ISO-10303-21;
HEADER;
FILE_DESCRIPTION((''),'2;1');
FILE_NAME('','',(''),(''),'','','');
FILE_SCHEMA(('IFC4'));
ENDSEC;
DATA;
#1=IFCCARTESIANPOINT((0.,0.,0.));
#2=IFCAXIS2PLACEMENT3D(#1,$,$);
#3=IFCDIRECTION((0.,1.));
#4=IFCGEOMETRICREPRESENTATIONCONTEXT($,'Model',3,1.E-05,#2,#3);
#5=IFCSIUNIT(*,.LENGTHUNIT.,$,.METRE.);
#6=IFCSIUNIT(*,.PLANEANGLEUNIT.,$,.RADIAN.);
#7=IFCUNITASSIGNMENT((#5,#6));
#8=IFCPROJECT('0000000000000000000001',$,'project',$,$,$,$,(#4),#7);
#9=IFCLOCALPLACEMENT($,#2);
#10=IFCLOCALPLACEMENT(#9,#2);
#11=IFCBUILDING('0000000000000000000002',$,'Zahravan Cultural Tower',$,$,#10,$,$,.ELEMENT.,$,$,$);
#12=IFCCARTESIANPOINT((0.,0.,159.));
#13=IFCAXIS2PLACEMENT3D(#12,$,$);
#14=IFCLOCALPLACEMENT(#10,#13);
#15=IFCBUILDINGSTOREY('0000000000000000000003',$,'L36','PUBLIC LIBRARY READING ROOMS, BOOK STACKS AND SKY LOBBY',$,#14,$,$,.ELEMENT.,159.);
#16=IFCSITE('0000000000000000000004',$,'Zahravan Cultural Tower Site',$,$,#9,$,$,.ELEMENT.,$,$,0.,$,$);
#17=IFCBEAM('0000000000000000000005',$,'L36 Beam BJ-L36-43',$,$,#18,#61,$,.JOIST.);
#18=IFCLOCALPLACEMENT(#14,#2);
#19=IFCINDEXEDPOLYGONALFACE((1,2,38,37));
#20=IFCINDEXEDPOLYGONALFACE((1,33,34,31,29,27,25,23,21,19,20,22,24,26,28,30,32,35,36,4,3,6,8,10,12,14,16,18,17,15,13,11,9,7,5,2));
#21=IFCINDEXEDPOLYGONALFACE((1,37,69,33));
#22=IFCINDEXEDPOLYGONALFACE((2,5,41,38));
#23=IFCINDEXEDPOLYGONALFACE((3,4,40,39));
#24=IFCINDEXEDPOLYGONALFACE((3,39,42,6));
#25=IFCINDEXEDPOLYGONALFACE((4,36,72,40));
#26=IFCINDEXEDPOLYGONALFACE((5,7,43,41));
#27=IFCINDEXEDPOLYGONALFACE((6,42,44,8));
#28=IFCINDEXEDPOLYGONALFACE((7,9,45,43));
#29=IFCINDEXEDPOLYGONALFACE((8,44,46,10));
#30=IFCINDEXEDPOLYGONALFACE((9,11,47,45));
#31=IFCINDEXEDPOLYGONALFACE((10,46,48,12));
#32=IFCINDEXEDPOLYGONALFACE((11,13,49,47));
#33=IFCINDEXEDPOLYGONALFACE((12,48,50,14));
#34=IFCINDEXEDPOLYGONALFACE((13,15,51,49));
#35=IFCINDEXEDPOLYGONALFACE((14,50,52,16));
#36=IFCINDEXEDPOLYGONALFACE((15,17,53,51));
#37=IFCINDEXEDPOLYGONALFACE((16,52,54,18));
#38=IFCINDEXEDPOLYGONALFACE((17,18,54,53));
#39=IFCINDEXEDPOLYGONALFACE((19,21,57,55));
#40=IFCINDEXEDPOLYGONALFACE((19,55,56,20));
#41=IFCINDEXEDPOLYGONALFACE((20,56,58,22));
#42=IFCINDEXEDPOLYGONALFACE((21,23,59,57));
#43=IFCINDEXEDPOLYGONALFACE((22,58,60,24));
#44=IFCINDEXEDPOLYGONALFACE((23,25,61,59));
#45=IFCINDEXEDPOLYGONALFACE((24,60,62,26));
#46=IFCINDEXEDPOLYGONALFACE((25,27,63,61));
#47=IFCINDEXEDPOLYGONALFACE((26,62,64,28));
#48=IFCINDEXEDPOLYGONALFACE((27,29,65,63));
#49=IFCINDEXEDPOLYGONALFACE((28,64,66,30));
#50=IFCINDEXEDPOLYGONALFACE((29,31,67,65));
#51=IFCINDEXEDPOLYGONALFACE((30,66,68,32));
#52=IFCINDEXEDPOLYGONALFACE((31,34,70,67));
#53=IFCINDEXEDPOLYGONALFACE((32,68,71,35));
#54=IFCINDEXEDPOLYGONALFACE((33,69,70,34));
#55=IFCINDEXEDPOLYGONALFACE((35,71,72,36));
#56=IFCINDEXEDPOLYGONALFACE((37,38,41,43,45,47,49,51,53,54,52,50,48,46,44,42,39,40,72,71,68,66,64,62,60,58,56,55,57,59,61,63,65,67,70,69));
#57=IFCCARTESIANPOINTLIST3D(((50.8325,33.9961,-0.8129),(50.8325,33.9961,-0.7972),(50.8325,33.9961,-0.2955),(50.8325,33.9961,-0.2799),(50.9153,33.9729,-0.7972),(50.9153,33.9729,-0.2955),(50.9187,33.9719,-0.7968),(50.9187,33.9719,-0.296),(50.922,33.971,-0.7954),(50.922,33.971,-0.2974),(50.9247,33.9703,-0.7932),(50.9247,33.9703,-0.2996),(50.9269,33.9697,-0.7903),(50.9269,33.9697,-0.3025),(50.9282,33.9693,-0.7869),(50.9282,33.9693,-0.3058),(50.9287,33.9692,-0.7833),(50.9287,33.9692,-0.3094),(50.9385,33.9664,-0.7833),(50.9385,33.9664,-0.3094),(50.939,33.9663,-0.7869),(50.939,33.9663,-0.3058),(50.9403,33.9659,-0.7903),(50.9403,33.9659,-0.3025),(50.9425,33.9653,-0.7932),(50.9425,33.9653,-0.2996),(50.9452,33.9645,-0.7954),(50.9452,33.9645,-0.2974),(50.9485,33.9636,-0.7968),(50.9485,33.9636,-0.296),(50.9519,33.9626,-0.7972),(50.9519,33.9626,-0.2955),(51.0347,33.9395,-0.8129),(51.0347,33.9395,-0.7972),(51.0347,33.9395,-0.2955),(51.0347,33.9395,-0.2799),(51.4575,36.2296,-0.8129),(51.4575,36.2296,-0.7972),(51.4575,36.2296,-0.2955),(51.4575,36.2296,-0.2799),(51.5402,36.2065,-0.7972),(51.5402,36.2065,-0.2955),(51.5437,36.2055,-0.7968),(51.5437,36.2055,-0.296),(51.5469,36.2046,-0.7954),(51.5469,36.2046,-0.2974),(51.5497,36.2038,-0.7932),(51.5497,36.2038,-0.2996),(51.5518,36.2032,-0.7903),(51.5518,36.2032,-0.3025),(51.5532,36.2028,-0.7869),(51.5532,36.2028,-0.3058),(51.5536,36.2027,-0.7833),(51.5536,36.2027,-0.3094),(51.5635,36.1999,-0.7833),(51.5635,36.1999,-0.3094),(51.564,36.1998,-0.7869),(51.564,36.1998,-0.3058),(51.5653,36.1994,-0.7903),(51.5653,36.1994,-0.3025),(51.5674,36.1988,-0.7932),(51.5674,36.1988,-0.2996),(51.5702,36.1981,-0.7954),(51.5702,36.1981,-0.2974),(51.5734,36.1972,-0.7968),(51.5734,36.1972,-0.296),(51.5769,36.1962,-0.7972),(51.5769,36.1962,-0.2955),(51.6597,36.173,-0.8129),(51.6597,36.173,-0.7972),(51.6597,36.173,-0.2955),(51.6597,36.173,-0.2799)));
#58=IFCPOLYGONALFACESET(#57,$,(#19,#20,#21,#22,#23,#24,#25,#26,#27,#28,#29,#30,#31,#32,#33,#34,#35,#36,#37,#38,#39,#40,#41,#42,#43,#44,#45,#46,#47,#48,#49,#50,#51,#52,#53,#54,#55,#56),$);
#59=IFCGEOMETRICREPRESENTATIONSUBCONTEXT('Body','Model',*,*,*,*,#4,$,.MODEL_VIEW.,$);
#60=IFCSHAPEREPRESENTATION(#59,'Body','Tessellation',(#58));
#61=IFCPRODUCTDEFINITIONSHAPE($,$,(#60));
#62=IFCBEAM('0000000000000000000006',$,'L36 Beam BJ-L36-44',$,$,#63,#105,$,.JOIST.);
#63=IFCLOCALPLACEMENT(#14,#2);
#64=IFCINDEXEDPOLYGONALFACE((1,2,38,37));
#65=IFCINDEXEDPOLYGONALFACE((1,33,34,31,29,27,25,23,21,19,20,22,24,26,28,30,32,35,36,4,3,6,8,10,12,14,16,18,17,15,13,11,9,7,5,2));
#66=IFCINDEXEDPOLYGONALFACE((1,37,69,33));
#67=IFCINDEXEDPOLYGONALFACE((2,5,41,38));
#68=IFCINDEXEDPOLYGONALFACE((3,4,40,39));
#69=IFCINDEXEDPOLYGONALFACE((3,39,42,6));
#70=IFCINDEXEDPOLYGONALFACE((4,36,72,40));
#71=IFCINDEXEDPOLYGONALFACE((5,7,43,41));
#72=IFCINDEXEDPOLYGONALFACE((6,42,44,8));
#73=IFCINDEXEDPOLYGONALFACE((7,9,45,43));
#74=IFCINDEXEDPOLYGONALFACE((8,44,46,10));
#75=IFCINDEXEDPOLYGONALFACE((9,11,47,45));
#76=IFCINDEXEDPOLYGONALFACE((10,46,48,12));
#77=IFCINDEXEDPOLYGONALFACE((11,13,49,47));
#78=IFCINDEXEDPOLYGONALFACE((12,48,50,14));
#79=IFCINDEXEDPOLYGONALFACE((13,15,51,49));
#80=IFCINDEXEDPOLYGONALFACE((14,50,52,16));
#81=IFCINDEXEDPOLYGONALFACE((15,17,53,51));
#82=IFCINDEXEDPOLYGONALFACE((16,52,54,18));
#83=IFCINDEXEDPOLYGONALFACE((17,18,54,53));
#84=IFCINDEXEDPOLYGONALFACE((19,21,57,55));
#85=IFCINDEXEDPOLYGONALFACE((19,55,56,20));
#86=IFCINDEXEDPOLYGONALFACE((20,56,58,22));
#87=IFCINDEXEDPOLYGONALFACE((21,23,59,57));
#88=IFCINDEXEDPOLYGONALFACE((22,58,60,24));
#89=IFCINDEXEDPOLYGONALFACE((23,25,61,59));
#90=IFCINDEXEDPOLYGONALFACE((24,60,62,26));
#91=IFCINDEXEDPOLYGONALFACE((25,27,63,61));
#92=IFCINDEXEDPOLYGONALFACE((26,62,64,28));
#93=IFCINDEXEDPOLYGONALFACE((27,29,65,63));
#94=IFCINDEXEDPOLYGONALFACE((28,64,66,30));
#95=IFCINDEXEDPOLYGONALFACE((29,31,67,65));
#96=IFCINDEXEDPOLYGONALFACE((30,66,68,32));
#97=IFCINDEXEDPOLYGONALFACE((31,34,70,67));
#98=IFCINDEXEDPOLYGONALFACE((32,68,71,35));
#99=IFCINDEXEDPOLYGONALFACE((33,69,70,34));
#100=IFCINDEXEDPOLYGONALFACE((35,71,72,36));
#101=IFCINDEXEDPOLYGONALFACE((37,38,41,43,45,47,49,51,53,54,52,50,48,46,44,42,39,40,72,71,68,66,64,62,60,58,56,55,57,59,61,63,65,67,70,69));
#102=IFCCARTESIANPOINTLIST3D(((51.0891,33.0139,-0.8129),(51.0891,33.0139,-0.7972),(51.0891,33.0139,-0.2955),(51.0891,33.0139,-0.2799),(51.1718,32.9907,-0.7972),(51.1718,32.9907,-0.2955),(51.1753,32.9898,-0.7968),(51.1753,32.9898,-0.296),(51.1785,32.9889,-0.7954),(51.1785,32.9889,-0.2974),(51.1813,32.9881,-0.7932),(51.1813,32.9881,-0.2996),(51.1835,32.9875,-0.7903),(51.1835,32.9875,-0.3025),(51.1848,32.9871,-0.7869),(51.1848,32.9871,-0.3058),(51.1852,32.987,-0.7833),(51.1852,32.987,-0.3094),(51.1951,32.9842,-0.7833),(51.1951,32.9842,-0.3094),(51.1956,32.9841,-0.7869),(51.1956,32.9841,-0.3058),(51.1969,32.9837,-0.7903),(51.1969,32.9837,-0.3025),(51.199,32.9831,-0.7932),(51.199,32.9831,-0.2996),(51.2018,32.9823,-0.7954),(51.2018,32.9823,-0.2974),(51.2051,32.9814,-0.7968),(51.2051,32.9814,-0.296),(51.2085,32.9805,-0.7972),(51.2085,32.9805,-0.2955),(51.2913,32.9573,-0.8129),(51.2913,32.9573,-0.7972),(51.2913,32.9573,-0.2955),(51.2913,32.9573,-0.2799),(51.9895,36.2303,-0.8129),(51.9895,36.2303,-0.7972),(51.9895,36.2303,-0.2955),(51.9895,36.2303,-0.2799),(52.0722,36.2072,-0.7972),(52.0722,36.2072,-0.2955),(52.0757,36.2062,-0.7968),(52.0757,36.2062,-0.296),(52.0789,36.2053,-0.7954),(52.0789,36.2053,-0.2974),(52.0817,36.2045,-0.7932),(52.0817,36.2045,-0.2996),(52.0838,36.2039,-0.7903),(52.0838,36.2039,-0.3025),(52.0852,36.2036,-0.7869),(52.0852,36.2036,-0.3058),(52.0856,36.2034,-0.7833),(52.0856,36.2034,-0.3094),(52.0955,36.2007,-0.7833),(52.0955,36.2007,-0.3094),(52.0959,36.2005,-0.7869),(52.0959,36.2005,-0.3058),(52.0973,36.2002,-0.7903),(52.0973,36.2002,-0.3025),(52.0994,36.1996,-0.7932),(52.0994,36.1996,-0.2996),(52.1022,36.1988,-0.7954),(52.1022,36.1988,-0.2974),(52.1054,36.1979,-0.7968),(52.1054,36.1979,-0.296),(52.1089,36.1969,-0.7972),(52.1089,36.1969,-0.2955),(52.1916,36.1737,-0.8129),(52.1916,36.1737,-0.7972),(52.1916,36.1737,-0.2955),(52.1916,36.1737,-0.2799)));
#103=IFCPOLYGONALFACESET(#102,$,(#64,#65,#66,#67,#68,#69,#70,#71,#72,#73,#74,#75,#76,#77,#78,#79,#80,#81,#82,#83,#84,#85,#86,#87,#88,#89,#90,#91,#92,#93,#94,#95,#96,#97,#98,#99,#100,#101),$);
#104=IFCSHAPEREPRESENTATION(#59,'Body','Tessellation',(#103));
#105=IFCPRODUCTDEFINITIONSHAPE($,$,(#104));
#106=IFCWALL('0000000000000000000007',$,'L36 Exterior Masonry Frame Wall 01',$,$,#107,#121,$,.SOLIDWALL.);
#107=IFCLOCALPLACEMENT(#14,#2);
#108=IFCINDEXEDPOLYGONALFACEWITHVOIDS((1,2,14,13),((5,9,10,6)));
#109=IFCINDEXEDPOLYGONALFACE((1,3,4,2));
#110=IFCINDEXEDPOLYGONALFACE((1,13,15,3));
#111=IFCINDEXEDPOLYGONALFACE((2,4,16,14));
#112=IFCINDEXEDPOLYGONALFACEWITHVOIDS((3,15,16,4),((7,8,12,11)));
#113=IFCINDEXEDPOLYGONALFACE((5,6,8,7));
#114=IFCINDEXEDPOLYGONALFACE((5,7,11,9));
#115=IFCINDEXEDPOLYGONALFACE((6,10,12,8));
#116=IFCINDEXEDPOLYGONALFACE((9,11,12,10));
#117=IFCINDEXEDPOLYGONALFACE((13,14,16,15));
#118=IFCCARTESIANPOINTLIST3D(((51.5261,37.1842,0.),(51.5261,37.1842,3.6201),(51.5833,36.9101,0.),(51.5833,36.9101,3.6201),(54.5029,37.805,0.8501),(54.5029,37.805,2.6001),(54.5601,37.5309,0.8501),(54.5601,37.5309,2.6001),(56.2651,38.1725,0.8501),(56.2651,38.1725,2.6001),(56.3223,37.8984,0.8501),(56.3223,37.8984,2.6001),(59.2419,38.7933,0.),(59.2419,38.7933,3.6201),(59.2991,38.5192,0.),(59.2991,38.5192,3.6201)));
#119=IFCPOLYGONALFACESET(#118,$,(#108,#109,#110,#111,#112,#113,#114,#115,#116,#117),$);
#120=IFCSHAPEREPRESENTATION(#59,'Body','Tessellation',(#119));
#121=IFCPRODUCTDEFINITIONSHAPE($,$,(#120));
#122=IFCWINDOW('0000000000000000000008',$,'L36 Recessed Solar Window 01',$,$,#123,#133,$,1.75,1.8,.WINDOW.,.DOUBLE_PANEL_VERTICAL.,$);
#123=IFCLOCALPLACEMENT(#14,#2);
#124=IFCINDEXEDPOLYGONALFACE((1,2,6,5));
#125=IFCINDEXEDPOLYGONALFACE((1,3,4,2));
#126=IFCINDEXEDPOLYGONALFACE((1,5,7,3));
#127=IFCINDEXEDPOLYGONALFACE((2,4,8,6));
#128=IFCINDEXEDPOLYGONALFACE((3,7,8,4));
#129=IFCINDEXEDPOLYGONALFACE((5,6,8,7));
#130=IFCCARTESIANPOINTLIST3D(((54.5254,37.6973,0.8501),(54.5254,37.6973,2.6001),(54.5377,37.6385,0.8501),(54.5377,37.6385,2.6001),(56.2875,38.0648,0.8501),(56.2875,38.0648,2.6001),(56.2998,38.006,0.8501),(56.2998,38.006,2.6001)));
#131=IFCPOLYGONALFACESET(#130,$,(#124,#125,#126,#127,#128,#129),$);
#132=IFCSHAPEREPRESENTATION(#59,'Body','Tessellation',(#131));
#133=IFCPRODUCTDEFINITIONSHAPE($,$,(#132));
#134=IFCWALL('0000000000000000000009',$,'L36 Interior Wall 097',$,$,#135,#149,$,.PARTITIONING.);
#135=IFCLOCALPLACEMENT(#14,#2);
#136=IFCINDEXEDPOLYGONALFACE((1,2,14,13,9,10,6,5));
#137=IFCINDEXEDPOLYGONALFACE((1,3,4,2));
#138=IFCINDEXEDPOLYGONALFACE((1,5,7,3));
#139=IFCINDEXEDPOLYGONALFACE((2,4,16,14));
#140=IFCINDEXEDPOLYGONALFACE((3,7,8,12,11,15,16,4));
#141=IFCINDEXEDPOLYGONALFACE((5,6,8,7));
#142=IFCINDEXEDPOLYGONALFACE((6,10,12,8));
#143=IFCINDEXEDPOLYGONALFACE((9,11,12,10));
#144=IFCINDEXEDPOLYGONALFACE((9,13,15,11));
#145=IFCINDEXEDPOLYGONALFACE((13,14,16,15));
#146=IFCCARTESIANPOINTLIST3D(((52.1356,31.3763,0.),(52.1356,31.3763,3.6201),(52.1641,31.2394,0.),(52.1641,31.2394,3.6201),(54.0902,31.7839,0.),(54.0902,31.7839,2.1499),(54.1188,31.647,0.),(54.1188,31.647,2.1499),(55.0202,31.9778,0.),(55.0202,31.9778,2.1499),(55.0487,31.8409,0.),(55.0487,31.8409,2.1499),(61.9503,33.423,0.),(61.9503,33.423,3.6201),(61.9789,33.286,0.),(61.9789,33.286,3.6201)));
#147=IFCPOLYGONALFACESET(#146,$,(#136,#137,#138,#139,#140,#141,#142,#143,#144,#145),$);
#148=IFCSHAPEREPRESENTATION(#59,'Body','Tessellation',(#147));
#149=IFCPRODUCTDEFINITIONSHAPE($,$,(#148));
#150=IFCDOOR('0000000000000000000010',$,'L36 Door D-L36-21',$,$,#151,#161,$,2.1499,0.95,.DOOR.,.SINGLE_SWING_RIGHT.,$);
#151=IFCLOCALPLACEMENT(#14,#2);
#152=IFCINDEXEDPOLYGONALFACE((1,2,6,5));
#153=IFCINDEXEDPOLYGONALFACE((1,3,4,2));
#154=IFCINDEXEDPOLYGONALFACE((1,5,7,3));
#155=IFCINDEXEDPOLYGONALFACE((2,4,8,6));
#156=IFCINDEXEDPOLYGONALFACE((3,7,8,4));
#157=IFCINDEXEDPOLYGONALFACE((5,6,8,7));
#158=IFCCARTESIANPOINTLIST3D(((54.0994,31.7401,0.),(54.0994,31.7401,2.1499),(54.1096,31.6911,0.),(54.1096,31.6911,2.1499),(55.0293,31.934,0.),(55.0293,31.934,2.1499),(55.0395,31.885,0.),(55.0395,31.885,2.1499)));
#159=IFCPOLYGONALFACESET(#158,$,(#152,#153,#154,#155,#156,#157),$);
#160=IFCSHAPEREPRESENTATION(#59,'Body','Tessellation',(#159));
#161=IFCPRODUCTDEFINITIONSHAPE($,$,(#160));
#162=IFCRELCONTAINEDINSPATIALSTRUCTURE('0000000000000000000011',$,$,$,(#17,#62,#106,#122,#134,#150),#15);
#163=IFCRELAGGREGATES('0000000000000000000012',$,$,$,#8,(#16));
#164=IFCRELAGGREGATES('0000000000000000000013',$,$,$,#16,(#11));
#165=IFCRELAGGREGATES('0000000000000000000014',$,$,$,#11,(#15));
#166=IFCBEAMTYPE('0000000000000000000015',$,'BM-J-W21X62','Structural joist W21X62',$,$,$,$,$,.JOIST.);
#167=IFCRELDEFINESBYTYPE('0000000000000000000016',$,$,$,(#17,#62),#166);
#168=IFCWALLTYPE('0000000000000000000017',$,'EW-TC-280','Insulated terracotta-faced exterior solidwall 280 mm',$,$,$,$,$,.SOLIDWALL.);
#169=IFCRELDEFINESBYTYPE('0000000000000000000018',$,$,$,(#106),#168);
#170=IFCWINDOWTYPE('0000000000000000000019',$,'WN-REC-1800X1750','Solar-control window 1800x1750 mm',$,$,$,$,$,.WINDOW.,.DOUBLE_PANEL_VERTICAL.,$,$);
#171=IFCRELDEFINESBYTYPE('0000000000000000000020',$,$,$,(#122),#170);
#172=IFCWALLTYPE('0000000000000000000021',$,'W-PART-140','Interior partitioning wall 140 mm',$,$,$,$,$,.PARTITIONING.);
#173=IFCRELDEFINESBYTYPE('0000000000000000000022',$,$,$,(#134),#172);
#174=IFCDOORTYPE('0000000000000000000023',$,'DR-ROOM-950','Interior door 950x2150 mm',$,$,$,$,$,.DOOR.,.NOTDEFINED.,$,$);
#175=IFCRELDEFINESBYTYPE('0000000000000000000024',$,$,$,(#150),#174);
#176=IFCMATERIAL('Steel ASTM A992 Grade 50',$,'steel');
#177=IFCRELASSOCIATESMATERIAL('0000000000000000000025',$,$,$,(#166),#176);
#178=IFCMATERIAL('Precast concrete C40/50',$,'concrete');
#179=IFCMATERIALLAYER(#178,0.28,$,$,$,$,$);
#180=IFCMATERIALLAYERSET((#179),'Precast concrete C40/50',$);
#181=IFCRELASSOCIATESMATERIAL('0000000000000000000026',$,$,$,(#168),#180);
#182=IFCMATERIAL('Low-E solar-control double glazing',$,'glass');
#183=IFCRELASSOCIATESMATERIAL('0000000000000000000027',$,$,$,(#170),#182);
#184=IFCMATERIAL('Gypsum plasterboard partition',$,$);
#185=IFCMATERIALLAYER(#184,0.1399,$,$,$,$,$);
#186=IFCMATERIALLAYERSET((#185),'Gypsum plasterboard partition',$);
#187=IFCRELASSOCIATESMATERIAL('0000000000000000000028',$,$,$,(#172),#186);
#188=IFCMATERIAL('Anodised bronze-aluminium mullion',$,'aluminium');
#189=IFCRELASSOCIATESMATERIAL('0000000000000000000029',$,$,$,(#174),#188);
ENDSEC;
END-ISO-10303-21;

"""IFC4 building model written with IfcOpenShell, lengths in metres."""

from ifc_helpers import new_model, si_unit, direction, frame, frame_2d, origin, origin_2d, place, context, subcontext, project, spatial, rectangle, i_section, extrude, source, transform, mapped, material, layer, layer_set, material_profile, profile_set, type_object, element, fill, save


model = new_model("IFC4")

# Units and contexts
model_context = context("Model", 3, precision=1e-05, world=origin(), true_north=direction((0.0, 1.0)))
body_context = subcontext(model_context, "Body", "Model", "MODEL_VIEW")
ifc_project = project(units=[si_unit("LENGTHUNIT", "METRE"), si_unit("PLANEANGLEUNIT", "RADIAN")], contexts=[model_context])

# Site, building, storey
site_placement = place(None, origin())
site = spatial("IfcSite", under=ifc_project, at=site_placement, Name="Zahravan Cultural Tower Site", CompositionType="ELEMENT", RefElevation=0.0)
building_placement = place(site_placement, origin())
building = spatial("IfcBuilding", under=site, at=building_placement, Name="Zahravan Cultural Tower", CompositionType="ELEMENT")
storey_placement = place(building_placement, frame((0.0, 0.0, 159.0)))
storey = spatial("IfcBuildingStorey", under=building, at=storey_placement, Name="L36", Description="PUBLIC LIBRARY READING ROOMS, BOOK STACKS AND SKY LOBBY", CompositionType="ELEMENT", Elevation=159.0)

# Shared definitions
ifc_material_1 = material(Name="Steel ASTM A992 Grade 50", Category="steel")

# Beams
ifc_material_profile_1 = material_profile(ifc_material_1, i_section(OverallWidth=0.21, OverallDepth=0.533, WebThickness=0.0103, FlangeThickness=0.0156, FilletRadius=0.0139, at=origin_2d()), Name="W21X62")
ifc_profile_set_1 = profile_set([ifc_material_profile_1], Name="Steel ASTM A992 Grade 50")
beam_type_1 = type_object("IfcBeamType", Name="BM-J-W21X62", Description="Structural joist W21X62", PredefinedType="JOIST", material=ifc_profile_set_1)
shared_shape_1 = source(origin(), body_context, "Body", "SweptSolid", [
    extrude(i_section(OverallWidth=0.21, OverallDepth=0.533, WebThickness=0.0103, FlangeThickness=0.0156, FilletRadius=0.0139, at=origin_2d()), origin(), (0.0, 0.0, 1.0), 2.3193),
])
beam_1_placement = place(storey_placement, frame((50.9336, 33.9678, -0.5464), z_axis=(0.269462, 0.963011, 0.0), x_axis=(-0.963011, 0.269462, 0.0)))
element("IfcBeam", 1, at=beam_1_placement, inside=storey, type_object=beam_type_1, Name="L36 Beam BJ-L36-43", PredefinedType="JOIST", context=body_context, shape_type="MappedRepresentation", body=[
    mapped(shared_shape_1, transform((0.0, 0.0, 0.0), x_axis=(1.0, 0.0, 0.0), y_axis=(0.0, 1.0, 0.0), z_axis=(0.0, 0.0, 1.0), scale=1.0)),
])
shared_shape_2 = source(origin(), body_context, "Body", "SweptSolid", [
    extrude(i_section(OverallWidth=0.21, OverallDepth=0.533, WebThickness=0.0103, FlangeThickness=0.0156, FilletRadius=0.0139, at=origin_2d()), origin(), (0.0, 0.0, 1.0), 3.3401),
])
beam_2_placement = place(storey_placement, frame((51.1902, 32.9856, -0.5464), z_axis=(0.269562, 0.962983, 0.0), x_axis=(-0.962983, 0.269562, 0.0)))
element("IfcBeam", 2, at=beam_2_placement, inside=storey, type_object=beam_type_1, Name="L36 Beam BJ-L36-44", PredefinedType="JOIST", context=body_context, shape_type="MappedRepresentation", body=[
    mapped(shared_shape_2, transform((0.0, 0.0, 0.0), x_axis=(1.0, 0.0, 0.0), y_axis=(0.0, 1.0, 0.0), z_axis=(0.0, 0.0, 1.0), scale=1.0)),
])

# Wall, opening, window
ifc_material_2 = material(Name="Precast concrete C40/50", Category="concrete")
ifc_layer_1 = layer(ifc_material_2, 0.28)
ifc_layer_set_1 = layer_set([ifc_layer_1], Name="Precast concrete C40/50")
wall_type_1 = type_object("IfcWallType", Name="EW-TC-280", Description="Insulated terracotta-faced exterior solidwall 280 mm", PredefinedType="SOLIDWALL", material=ifc_layer_set_1)
wall_1_placement = place(storey_placement, frame((51.5547, 37.0471, 0.0), z_axis=(0.0, 0.0, 1.0), x_axis=(0.978938, 0.204157, 0.0)))
wall_1 = element("IfcWall", 3, at=wall_1_placement, inside=storey, type_object=wall_type_1, Name="L36 Exterior Masonry Frame Wall 01", PredefinedType="SOLIDWALL", context=body_context, shape_type="SweptSolid", body=[
    extrude(rectangle(XDim=7.8818, YDim=0.28, at=frame_2d((3.9409, 0.0))), origin(), (0.0, 0.0, 1.0), 3.6201),
])
opening_1_placement = place(wall_1_placement, frame((3.041, 0.0, 0.8501)))
opening_1 = element("IfcOpeningElement", 4, at=opening_1_placement, cuts=wall_1, PredefinedType="OPENING", context=body_context, shape_type="SweptSolid", body=[
    extrude(rectangle(XDim=1.8, YDim=1.75, at=frame_2d((0.8999, 0.875))), frame((0.0, 0.1499, 0.0), z_axis=(0.0, -1.0, 0.0), x_axis=(1.0, 0.0, 0.0)), (0.0, 0.0, 1.0), 0.3),
])
ifc_material_3 = material(Name="Low-E solar-control double glazing", Category="glass")
window_type = type_object("IfcWindowType", Name="WN-REC-1800X1750", Description="Solar-control window 1800x1750 mm", PartitioningType="DOUBLE_PANEL_VERTICAL", PredefinedType="WINDOW", material=ifc_material_3)
shared_shape_3 = source(origin(), body_context, "Body", "SweptSolid", [
    extrude(rectangle(XDim=1.8, YDim=1.75, at=frame_2d((0.8999, 0.875))), frame((0.0, 0.03, 0.0), z_axis=(0.0, -1.0, 0.0), x_axis=(1.0, 0.0, 0.0)), (0.0, 0.0, 1.0), 0.0601),
])
window_placement = place(opening_1_placement, origin())
window = element("IfcWindow", 5, at=window_placement, inside=storey, type_object=window_type, Name="L36 Recessed Solar Window 01", OverallHeight=1.75, OverallWidth=1.8, PartitioningType="DOUBLE_PANEL_VERTICAL", PredefinedType="WINDOW", context=body_context, shape_type="MappedRepresentation", body=[
    mapped(shared_shape_3, transform((0.0, 0.0, 0.0), x_axis=(1.0, 0.0, 0.0), y_axis=(0.0, 1.0, 0.0), z_axis=(0.0, 0.0, 1.0), scale=1.0)),
])
fill(opening_1, window)

# Wall, opening, door
ifc_material_4 = material(Name="Gypsum plasterboard partition")
ifc_layer_2 = layer(ifc_material_4, 0.1399)
ifc_layer_set_2 = layer_set([ifc_layer_2], Name="Gypsum plasterboard partition")
wall_type_2 = type_object("IfcWallType", Name="W-PART-140", Description="Interior partitioning wall 140 mm", PredefinedType="PARTITIONING", material=ifc_layer_set_2)
wall_2_placement = place(storey_placement, frame((61.9646, 33.3545, 0.0), z_axis=(0.0, 0.0, 1.0), x_axis=(-0.978943, -0.204136, 0.0)))
wall_2 = element("IfcWall", 6, at=wall_2_placement, inside=storey, type_object=wall_type_2, Name="L36 Interior Wall 097", PredefinedType="PARTITIONING", context=body_context, shape_type="SweptSolid", body=[
    extrude(rectangle(XDim=10.0259, YDim=0.1399, at=frame_2d((5.0129, 0.0))), origin(), (0.0, 0.0, 1.0), 3.6201),
])
opening_2_placement = place(wall_2_placement, frame((7.0791, 0.0, 0.0)))
opening_2 = element("IfcOpeningElement", 7, at=opening_2_placement, cuts=wall_2, PredefinedType="OPENING", context=body_context, shape_type="SweptSolid", body=[
    extrude(rectangle(XDim=0.95, YDim=2.1499, at=frame_2d((0.4751, 1.075))), frame((0.0, 0.0798, 0.0), z_axis=(0.0, -1.0, 0.0), x_axis=(1.0, 0.0, 0.0)), (0.0, 0.0, 1.0), 0.1599),
])
ifc_material_5 = material(Name="Anodised bronze-aluminium mullion", Category="aluminium")
door_type = type_object("IfcDoorType", Name="DR-ROOM-950", Description="Interior door 950x2150 mm", OperationType="NOTDEFINED", PredefinedType="DOOR", material=ifc_material_5)
shared_shape_4 = source(origin(), body_context, "Body", "SweptSolid", [
    extrude(rectangle(XDim=0.95, YDim=2.1499, at=frame_2d((0.4751, 1.075))), frame((0.0, 0.0249, 0.0), z_axis=(0.0, -1.0, 0.0), x_axis=(1.0, 0.0, 0.0)), (0.0, 0.0, 1.0), 0.05),
])
door_placement = place(opening_2_placement, origin())
door = element("IfcDoor", 8, at=door_placement, inside=storey, type_object=door_type, Name="L36 Door D-L36-21", OperationType="SINGLE_SWING_RIGHT", OverallHeight=2.1499, OverallWidth=0.95, PredefinedType="DOOR", context=body_context, shape_type="MappedRepresentation", body=[
    mapped(shared_shape_4, transform((0.0, 0.0, 0.0), x_axis=(1.0, 0.0, 0.0), y_axis=(0.0, 1.0, 0.0), z_axis=(0.0, 0.0, 1.0), scale=1.0)),
])
fill(opening_2, door)

save(model, "model.ifc")
